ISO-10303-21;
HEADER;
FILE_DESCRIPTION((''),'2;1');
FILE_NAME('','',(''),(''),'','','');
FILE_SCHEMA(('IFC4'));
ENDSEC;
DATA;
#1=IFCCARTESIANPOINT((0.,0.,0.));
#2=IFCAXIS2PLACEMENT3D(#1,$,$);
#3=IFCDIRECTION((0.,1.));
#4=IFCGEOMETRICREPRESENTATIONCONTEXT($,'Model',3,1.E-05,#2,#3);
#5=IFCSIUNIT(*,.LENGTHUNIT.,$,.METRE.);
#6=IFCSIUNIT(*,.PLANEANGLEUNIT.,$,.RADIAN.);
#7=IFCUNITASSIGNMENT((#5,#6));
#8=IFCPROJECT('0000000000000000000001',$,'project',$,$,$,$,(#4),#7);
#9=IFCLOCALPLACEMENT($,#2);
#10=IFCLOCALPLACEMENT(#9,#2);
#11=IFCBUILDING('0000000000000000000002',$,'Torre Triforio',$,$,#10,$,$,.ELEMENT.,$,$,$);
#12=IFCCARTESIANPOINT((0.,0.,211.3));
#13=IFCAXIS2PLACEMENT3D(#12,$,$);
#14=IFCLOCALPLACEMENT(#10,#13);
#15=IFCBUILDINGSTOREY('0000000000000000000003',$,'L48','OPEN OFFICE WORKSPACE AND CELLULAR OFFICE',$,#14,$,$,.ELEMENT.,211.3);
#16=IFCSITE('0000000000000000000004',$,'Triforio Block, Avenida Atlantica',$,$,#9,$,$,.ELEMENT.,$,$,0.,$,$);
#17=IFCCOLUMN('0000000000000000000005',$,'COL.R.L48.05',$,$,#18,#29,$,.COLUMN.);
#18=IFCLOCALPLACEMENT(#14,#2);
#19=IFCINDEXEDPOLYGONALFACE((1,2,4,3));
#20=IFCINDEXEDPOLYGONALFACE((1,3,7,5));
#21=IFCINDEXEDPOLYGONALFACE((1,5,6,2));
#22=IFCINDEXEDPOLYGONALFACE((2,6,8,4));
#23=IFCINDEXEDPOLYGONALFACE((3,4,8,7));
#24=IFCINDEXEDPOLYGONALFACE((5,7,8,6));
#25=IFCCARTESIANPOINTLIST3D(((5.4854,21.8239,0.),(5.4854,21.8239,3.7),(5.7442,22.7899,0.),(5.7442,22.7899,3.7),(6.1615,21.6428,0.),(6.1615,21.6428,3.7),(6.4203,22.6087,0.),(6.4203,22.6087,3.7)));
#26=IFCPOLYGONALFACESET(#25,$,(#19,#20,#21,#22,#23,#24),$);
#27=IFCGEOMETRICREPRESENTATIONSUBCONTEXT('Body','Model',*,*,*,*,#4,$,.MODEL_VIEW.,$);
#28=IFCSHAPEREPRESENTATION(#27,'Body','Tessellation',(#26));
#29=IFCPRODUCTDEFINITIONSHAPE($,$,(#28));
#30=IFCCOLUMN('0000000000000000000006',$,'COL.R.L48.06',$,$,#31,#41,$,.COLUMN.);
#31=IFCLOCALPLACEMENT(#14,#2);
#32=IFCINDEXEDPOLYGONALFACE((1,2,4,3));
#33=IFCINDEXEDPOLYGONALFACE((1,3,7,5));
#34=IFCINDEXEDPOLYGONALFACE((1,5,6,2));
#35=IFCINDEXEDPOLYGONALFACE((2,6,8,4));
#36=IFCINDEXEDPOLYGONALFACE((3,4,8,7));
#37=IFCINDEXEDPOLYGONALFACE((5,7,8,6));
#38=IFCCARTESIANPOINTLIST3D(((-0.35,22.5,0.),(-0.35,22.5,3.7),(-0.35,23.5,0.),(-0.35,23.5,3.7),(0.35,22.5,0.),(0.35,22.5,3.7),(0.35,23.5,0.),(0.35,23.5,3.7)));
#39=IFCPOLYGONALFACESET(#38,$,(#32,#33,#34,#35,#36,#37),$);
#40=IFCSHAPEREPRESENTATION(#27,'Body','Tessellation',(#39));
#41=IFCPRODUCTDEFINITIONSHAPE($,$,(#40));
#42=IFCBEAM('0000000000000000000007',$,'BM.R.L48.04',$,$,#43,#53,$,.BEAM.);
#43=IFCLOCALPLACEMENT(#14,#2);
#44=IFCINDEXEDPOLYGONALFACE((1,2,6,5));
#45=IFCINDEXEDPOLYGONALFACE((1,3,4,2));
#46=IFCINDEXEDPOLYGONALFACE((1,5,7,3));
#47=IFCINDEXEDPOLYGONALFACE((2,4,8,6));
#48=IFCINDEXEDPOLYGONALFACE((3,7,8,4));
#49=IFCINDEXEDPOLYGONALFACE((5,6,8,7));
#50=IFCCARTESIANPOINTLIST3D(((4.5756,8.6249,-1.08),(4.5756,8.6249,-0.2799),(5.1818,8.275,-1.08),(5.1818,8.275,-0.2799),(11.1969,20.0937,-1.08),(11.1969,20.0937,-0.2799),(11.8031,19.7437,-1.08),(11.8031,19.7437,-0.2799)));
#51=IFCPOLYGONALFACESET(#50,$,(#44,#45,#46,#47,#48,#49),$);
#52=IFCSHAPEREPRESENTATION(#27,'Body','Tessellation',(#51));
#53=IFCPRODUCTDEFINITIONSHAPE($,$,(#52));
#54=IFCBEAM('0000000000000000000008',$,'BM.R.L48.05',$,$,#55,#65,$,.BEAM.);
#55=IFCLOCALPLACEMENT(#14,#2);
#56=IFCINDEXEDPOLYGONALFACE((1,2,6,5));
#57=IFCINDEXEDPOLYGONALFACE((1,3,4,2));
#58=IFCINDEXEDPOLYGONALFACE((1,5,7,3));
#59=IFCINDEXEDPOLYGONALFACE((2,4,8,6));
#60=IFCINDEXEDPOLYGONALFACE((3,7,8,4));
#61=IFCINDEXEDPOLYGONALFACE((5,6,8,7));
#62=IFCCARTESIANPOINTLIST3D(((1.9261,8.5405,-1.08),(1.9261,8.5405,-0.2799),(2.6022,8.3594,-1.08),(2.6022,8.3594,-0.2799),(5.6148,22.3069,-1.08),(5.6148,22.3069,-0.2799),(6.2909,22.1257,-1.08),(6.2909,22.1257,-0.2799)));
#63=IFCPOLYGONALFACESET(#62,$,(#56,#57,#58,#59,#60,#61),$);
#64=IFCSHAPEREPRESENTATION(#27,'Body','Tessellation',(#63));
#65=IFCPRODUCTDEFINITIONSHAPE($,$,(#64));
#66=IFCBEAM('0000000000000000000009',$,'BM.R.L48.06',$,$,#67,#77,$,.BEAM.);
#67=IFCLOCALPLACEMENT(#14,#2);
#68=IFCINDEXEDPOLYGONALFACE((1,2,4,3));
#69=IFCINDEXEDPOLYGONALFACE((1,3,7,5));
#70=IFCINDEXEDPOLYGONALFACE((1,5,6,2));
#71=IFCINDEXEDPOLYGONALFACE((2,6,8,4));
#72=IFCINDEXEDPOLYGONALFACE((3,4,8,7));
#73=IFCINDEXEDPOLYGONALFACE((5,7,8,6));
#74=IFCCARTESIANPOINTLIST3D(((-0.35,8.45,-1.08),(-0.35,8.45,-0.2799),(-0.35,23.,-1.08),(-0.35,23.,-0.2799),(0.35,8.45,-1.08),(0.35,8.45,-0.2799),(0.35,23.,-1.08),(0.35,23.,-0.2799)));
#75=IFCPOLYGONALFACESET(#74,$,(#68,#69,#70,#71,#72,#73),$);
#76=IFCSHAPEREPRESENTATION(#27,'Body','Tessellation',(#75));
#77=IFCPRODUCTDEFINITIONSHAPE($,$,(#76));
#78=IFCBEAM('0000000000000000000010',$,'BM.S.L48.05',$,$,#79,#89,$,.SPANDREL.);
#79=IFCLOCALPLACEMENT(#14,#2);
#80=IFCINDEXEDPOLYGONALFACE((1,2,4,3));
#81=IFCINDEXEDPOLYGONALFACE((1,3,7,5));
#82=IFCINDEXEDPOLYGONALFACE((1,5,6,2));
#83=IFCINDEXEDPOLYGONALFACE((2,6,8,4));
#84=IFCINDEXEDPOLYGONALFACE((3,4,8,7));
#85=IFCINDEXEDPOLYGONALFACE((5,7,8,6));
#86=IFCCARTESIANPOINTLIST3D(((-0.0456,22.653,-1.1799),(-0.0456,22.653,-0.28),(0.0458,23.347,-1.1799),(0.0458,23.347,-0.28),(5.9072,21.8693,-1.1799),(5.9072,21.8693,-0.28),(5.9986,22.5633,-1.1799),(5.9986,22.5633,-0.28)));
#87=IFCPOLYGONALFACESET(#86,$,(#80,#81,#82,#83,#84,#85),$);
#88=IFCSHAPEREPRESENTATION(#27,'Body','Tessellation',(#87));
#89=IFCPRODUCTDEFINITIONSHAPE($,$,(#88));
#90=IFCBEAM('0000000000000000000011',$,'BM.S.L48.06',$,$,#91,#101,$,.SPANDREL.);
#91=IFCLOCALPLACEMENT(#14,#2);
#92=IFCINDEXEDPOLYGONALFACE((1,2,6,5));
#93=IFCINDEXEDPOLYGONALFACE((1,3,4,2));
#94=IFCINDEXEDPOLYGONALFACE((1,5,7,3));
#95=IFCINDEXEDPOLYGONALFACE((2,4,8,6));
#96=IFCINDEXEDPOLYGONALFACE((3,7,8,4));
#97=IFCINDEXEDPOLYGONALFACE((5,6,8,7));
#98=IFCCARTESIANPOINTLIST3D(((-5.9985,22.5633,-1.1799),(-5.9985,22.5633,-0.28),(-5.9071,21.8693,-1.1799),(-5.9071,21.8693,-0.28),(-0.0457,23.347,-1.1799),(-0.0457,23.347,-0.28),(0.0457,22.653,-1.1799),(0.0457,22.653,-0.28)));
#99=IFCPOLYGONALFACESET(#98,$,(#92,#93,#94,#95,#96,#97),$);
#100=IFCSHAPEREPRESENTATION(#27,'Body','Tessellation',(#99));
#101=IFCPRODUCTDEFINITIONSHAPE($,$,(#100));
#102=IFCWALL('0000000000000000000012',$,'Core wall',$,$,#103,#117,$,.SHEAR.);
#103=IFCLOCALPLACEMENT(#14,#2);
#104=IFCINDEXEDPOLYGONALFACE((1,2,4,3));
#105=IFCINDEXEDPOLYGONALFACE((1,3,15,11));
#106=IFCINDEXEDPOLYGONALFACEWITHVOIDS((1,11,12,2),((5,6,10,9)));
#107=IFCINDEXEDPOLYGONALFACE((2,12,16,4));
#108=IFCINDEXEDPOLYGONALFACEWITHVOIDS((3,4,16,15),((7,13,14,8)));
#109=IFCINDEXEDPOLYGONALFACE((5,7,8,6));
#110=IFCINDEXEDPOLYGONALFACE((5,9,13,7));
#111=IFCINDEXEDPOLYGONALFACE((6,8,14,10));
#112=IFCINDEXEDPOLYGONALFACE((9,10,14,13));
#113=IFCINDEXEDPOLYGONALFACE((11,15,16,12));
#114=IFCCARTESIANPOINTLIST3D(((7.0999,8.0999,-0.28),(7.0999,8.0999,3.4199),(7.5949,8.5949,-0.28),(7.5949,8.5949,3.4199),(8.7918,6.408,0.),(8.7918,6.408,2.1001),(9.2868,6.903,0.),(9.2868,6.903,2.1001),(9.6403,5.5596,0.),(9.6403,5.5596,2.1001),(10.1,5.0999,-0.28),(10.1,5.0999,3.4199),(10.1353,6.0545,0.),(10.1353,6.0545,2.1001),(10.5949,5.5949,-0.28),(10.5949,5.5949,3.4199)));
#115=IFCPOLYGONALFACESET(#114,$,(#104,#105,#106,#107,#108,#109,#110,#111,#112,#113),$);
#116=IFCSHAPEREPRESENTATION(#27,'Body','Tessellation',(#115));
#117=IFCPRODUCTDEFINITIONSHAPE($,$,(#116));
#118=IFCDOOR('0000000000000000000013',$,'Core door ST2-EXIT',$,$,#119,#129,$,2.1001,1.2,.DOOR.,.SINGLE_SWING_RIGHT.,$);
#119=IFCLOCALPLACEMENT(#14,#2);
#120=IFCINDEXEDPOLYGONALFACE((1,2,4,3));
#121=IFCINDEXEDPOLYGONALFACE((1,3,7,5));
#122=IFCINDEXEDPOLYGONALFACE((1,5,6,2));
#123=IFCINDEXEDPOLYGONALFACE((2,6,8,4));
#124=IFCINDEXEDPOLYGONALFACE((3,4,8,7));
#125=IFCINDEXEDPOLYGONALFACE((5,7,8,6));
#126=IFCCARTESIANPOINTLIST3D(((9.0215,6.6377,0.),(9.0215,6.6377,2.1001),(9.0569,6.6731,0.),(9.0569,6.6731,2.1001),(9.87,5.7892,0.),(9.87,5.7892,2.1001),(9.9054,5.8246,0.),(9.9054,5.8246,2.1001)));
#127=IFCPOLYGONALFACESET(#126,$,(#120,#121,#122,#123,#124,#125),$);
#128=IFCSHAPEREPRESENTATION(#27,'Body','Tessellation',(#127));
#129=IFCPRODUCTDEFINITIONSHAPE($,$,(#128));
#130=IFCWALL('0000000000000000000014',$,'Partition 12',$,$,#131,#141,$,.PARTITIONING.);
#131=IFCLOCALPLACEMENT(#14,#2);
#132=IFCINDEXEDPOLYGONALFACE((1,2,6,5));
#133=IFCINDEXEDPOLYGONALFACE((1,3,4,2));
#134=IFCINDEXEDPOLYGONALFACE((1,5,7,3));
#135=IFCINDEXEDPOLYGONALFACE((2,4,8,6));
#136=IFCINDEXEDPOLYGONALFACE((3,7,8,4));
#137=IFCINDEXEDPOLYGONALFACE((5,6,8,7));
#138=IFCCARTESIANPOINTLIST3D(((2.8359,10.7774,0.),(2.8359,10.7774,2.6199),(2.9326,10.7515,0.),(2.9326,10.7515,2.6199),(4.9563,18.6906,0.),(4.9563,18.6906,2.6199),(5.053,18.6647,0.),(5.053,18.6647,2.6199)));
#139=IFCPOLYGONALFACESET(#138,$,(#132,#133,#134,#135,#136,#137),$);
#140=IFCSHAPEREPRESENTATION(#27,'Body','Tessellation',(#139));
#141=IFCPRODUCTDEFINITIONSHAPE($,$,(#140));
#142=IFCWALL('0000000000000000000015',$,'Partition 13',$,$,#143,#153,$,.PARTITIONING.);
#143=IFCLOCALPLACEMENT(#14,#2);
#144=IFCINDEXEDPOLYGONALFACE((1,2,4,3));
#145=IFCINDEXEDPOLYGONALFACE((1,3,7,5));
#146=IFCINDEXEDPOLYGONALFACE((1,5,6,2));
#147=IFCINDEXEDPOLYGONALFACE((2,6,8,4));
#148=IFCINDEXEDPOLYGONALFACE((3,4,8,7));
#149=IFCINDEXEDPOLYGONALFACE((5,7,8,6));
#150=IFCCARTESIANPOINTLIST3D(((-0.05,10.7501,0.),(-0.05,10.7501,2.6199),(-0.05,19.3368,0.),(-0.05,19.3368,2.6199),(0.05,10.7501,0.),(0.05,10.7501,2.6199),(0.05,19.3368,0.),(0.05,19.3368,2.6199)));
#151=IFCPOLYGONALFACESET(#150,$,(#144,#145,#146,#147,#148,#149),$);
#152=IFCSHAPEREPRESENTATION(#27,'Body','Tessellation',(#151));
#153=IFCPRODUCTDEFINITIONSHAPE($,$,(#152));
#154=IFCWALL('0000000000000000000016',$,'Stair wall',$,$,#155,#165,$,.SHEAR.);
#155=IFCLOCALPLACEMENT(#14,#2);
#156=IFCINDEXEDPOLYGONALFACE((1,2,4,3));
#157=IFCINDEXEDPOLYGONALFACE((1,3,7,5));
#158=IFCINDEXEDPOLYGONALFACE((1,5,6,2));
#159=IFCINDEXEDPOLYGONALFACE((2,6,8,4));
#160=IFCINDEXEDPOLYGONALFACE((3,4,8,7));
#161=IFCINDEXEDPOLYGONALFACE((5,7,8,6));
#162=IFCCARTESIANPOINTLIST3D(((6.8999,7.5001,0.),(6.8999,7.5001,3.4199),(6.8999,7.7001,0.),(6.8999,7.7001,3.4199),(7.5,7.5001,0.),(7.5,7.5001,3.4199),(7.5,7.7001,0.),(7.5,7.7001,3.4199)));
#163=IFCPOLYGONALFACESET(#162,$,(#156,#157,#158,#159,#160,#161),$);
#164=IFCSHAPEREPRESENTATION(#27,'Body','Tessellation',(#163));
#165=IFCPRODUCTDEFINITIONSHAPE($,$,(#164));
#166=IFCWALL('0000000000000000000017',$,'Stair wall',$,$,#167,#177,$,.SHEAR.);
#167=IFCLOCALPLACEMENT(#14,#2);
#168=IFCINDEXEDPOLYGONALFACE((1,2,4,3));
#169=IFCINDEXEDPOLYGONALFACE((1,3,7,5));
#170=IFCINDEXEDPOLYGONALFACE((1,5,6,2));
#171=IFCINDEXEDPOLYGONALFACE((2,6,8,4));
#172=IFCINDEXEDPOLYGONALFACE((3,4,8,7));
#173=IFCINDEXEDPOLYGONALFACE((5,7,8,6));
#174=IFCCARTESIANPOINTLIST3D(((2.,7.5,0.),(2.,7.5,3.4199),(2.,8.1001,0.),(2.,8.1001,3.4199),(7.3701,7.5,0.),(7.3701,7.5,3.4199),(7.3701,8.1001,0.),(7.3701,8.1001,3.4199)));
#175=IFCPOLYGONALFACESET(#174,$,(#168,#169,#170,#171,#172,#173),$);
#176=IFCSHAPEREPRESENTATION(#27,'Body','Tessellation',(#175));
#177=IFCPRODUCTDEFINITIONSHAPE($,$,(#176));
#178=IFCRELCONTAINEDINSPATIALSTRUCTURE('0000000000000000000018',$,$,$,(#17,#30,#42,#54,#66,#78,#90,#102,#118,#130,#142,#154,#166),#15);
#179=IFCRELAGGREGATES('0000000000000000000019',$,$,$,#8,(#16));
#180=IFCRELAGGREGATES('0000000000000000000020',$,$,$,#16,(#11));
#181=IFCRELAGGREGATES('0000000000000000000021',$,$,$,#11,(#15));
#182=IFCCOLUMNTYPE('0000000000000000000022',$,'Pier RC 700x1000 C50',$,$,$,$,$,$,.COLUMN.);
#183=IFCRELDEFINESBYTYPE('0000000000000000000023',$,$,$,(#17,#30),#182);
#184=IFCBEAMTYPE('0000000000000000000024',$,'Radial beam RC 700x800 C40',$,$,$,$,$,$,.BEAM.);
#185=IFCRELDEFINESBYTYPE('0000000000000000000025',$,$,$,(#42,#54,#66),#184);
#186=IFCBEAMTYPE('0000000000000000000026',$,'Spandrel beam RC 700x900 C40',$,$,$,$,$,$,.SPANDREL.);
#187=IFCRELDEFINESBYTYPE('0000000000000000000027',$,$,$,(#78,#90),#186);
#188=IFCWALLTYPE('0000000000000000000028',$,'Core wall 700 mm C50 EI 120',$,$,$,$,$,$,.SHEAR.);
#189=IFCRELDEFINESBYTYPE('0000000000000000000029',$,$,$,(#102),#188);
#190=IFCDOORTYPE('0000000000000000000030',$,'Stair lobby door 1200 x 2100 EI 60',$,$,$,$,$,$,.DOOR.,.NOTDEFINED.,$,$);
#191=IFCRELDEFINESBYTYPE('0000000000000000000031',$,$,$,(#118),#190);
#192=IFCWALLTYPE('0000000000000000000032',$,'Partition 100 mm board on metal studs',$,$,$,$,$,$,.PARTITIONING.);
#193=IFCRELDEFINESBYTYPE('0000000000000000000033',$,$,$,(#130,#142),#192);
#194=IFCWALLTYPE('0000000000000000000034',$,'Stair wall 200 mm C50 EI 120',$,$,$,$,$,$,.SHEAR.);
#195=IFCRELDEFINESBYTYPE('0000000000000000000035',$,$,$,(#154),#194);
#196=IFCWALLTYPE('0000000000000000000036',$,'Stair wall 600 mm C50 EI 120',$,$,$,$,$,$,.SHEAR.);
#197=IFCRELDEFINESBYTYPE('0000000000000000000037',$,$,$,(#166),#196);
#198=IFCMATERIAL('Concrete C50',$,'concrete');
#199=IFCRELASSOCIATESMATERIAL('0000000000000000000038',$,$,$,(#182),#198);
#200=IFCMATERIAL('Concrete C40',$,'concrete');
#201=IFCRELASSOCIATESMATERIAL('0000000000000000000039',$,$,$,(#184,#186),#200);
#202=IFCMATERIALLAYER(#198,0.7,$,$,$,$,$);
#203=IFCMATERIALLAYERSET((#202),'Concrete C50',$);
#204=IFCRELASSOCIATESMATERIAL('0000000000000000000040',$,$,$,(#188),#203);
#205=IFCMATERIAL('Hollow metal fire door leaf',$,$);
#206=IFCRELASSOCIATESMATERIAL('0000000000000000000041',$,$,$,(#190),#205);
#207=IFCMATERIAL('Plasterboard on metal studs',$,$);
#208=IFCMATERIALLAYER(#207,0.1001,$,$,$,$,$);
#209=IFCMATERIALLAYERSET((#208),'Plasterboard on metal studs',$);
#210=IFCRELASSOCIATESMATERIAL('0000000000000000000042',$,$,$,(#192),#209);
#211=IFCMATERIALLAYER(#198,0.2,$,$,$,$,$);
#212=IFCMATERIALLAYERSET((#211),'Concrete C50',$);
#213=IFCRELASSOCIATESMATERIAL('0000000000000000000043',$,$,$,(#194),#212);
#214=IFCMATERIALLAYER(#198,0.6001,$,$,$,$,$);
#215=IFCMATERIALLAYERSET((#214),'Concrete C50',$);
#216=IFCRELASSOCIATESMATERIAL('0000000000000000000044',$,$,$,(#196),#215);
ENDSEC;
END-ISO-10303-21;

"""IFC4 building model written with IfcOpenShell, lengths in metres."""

from ifc_helpers import new_model, si_unit, direction, frame, frame_2d, origin, origin_2d, place, context, subcontext, project, spatial, rectangle, extrude, material, layer, layer_set, material_profile, profile_set, type_object, element, fill, save


model = new_model("IFC4")

# Units and contexts
model_context = context("Model", 3, precision=1e-05, world=origin(), true_north=direction((0.0, 1.0)))
body_context = subcontext(model_context, "Body", "Model", "MODEL_VIEW")
ifc_project = project(units=[si_unit("LENGTHUNIT", "METRE"), si_unit("PLANEANGLEUNIT", "RADIAN")], contexts=[model_context])

# Site, building, storey
site_placement = place(None, origin())
site = spatial("IfcSite", under=ifc_project, at=site_placement, Name="Triforio Block, Avenida Atlantica", CompositionType="ELEMENT", RefElevation=0.0)
building_placement = place(site_placement, origin())
building = spatial("IfcBuilding", under=site, at=building_placement, Name="Torre Triforio", CompositionType="ELEMENT")
storey_placement = place(building_placement, frame((0.0, 0.0, 211.3)))
storey = spatial("IfcBuildingStorey", under=building, at=storey_placement, Name="L48", Description="OPEN OFFICE WORKSPACE AND CELLULAR OFFICE", CompositionType="ELEMENT", Elevation=211.3)

# Columns
ifc_material_1 = material(Name="Concrete C50", Category="concrete")
ifc_material_profile_1 = material_profile(ifc_material_1, rectangle(XDim=0.7, YDim=1.0, at=origin_2d()), Name="RC 700x1000")
ifc_profile_set_1 = profile_set([ifc_material_profile_1], Name="Concrete C50")
column_type = type_object("IfcColumnType", Name="Pier RC 700x1000 C50", PredefinedType="COLUMN", material=ifc_profile_set_1)
for number, where, z_axis, x_axis, name in (
    (1, (5.9529, 22.2163, 0.0), (0.0, 0.0, 1.0), (-0.965926, 0.258819, 0.0), "COL.R.L48.05"),
    (2, (0.0, 23.0, 0.0), (0.0, 0.0, 1.0), (-1.0, 0.0, 0.0), "COL.R.L48.06"),
):
    element("IfcColumn", number, at=place(storey_placement, frame(where, z_axis=z_axis, x_axis=x_axis)), inside=storey, type_object=column_type, Name=name, PredefinedType="COLUMN", context=body_context, shape_type="SweptSolid", body=[
        extrude(rectangle(XDim=0.7, YDim=1.0, at=origin_2d()), origin(), (0.0, 0.0, 1.0), 3.7),
    ])

# Beams
ifc_material_2 = material(Name="Concrete C40", Category="concrete")
ifc_material_profile_2 = material_profile(ifc_material_2, rectangle(XDim=0.7, YDim=0.8, at=origin_2d()), Name="RC 700x800")
ifc_profile_set_2 = profile_set([ifc_material_profile_2], Name="Concrete C40")
beam_type_1 = type_object("IfcBeamType", Name="Radial beam RC 700x800 C40", PredefinedType="BEAM", material=ifc_profile_set_2)
beam_1_placement = place(storey_placement, frame((4.8787, 8.45, -0.6799), z_axis=(0.499992, 0.86603, 0.0), x_axis=(-0.86603, 0.499992, 0.0)))
element("IfcBeam", 3, at=beam_1_placement, inside=storey, type_object=beam_type_1, Name="BM.R.L48.04", PredefinedType="BEAM", context=body_context, shape_type="SweptSolid", body=[
    extrude(rectangle(XDim=0.7, YDim=0.8, at=origin_2d()), origin(), (0.0, 0.0, 1.0), 13.2429),
])
beam_2_placement = place(storey_placement, frame((2.2642, 8.45, -0.6799), z_axis=(0.258821, 0.965925, 0.0), x_axis=(-0.965925, 0.258821, 0.0)))
element("IfcBeam", 4, at=beam_2_placement, inside=storey, type_object=beam_type_1, Name="BM.R.L48.05", PredefinedType="BEAM", context=body_context, shape_type="SweptSolid", body=[
    extrude(rectangle(XDim=0.7, YDim=0.8, at=origin_2d()), origin(), (0.0, 0.0, 1.0), 14.252),
])
beam_3_placement = place(storey_placement, frame((0.0, 8.45, -0.6799), z_axis=(0.0, 1.0, 0.0), x_axis=(-1.0, 0.0, 0.0)))
element("IfcBeam", 5, at=beam_3_placement, inside=storey, type_object=beam_type_1, Name="BM.R.L48.06", PredefinedType="BEAM", context=body_context, shape_type="SweptSolid", body=[
    extrude(rectangle(XDim=0.7, YDim=0.8, at=origin_2d()), origin(), (0.0, 0.0, 1.0), 14.55),
])
ifc_material_profile_3 = material_profile(ifc_material_2, rectangle(XDim=0.7, YDim=0.8999, at=origin_2d()), Name="RC 700x900")
ifc_profile_set_3 = profile_set([ifc_material_profile_3], Name="Concrete C40")
beam_type_2 = type_object("IfcBeamType", Name="Spandrel beam RC 700x900 C40", PredefinedType="SPANDREL", material=ifc_profile_set_3)
for number, where, z_axis, x_axis, name in (
    (6, (5.9529, 22.2163, -0.73), (-0.991445, 0.130523, 0.0), (-0.130523, -0.991445, 0.0), "BM.S.L48.05"),
    (7, (0.0, 23.0, -0.73), (-0.991445, -0.130523, 0.0), (0.130523, -0.991445, 0.0), "BM.S.L48.06"),
):
    element("IfcBeam", number, at=place(storey_placement, frame(where, z_axis=z_axis, x_axis=x_axis)), inside=storey, type_object=beam_type_2, Name=name, PredefinedType="SPANDREL", context=body_context, shape_type="SweptSolid", body=[
        extrude(rectangle(XDim=0.7, YDim=0.8999, at=origin_2d()), origin(), (0.0, 0.0, 1.0), 6.0042),
    ])

# Wall, opening, door
ifc_layer_1 = layer(ifc_material_1, 0.7)
ifc_layer_set_1 = layer_set([ifc_layer_1], Name="Concrete C50")
wall_type_1 = type_object("IfcWallType", Name="Core wall 700 mm C50 EI 120", PredefinedType="SHEAR", material=ifc_layer_set_1)
wall_1_placement = place(storey_placement, frame((7.3474, 8.3474, -0.28), z_axis=(0.0, 0.0, 1.0), x_axis=(0.707107, -0.707107, 0.0)))
wall_1 = element("IfcWall", 8, at=wall_1_placement, inside=storey, type_object=wall_type_1, Name="Core wall", PredefinedType="SHEAR", context=body_context, shape_type="SweptSolid", body=[
    extrude(rectangle(XDim=4.2427, YDim=0.7, at=frame_2d((2.1213, 0.0))), origin(), (0.0, 0.0, 1.0), 3.7),
])
opening_1_placement = place(wall_1_placement, frame((2.3926, 0.0, 0.28)))
opening_1 = element("IfcOpeningElement", 9, at=opening_1_placement, cuts=wall_1, PredefinedType="OPENING", context=body_context, shape_type="SweptSolid", body=[
    extrude(rectangle(XDim=1.2, YDim=2.1001, at=frame_2d((0.6001, 1.05))), frame((0.0, 0.3599, 0.0), z_axis=(0.0, -1.0, 0.0), x_axis=(1.0, 0.0, 0.0)), (0.0, 0.0, 1.0), 0.72),
])
ifc_material_3 = material(Name="Hollow metal fire door leaf")
door_type_1 = type_object("IfcDoorType", Name="Stair lobby door 1200 x 2100 EI 60", OperationType="NOTDEFINED", PredefinedType="DOOR", material=ifc_material_3)
door_1_placement = place(opening_1_placement, origin())
door_1 = element("IfcDoor", 10, at=door_1_placement, inside=storey, type_object=door_type_1, Name="Core door ST2-EXIT", OperationType="SINGLE_SWING_RIGHT", OverallHeight=2.1001, OverallWidth=1.2, PredefinedType="DOOR", context=body_context, shape_type="SweptSolid", body=[
    extrude(rectangle(XDim=1.2, YDim=2.1001, at=frame_2d((0.6001, 1.05))), frame((0.0, 0.0249, 0.0), z_axis=(0.0, -1.0, 0.0), x_axis=(1.0, 0.0, 0.0)), (0.0, 0.0, 1.0), 0.05),
])
fill(opening_1, door_1)

# Walls
ifc_material_4 = material(Name="Plasterboard on metal studs")
ifc_layer_2 = layer(ifc_material_4, 0.1001)
ifc_layer_set_2 = layer_set([ifc_layer_2], Name="Plasterboard on metal studs")
wall_type_2 = type_object("IfcWallType", Name="Partition 100 mm board on metal studs", PredefinedType="PARTITIONING", material=ifc_layer_set_2)
wall_2_placement = place(storey_placement, frame((2.8843, 10.7644, 0.0), z_axis=(0.0, 0.0, 1.0), x_axis=(0.258818, 0.965926, 0.0)))
element("IfcWall", 11, at=wall_2_placement, inside=storey, type_object=wall_type_2, Name="Partition 12", PredefinedType="PARTITIONING", context=body_context, shape_type="SweptSolid", body=[
    extrude(rectangle(XDim=8.1924, YDim=0.1001, at=frame_2d((4.0962, 0.0))), origin(), (0.0, 0.0, 1.0), 2.6199),
])
wall_3_placement = place(storey_placement, frame((0.0, 10.75, 0.0), z_axis=(0.0, 0.0, 1.0), x_axis=(0.0, 1.0, 0.0)))
element("IfcWall", 12, at=wall_3_placement, inside=storey, type_object=wall_type_2, Name="Partition 13", PredefinedType="PARTITIONING", context=body_context, shape_type="SweptSolid", body=[
    extrude(rectangle(XDim=8.5867, YDim=0.1001, at=frame_2d((4.2935, 0.0))), origin(), (0.0, 0.0, 1.0), 2.6199),
])
ifc_layer_3 = layer(ifc_material_1, 0.2)
ifc_layer_set_3 = layer_set([ifc_layer_3], Name="Concrete C50")
wall_type_3 = type_object("IfcWallType", Name="Stair wall 200 mm C50 EI 120", PredefinedType="SHEAR", material=ifc_layer_set_3)
wall_4_placement = place(storey_placement, frame((6.8999, 7.6001, 0.0), z_axis=(0.0, 0.0, 1.0), x_axis=(1.0, 0.0, 0.0)))
element("IfcWall", 13, at=wall_4_placement, inside=storey, type_object=wall_type_3, Name="Stair wall", PredefinedType="SHEAR", context=body_context, shape_type="SweptSolid", body=[
    extrude(rectangle(XDim=0.6001, YDim=0.2, at=frame_2d((0.3, 0.0))), origin(), (0.0, 0.0, 1.0), 3.4199),
])
ifc_layer_4 = layer(ifc_material_1, 0.6001)
ifc_layer_set_4 = layer_set([ifc_layer_4], Name="Concrete C50")
wall_type_4 = type_object("IfcWallType", Name="Stair wall 600 mm C50 EI 120", PredefinedType="SHEAR", material=ifc_layer_set_4)
wall_5_placement = place(storey_placement, frame((2.0, 7.8, 0.0), z_axis=(0.0, 0.0, 1.0), x_axis=(1.0, 0.0, 0.0)))
element("IfcWall", 14, at=wall_5_placement, inside=storey, type_object=wall_type_4, Name="Stair wall", PredefinedType="SHEAR", context=body_context, shape_type="SweptSolid", body=[
    extrude(rectangle(XDim=5.3701, YDim=0.6001, at=frame_2d((2.6851, 0.0))), origin(), (0.0, 0.0, 1.0), 3.4199),
])

save(model, "model.ifc")
